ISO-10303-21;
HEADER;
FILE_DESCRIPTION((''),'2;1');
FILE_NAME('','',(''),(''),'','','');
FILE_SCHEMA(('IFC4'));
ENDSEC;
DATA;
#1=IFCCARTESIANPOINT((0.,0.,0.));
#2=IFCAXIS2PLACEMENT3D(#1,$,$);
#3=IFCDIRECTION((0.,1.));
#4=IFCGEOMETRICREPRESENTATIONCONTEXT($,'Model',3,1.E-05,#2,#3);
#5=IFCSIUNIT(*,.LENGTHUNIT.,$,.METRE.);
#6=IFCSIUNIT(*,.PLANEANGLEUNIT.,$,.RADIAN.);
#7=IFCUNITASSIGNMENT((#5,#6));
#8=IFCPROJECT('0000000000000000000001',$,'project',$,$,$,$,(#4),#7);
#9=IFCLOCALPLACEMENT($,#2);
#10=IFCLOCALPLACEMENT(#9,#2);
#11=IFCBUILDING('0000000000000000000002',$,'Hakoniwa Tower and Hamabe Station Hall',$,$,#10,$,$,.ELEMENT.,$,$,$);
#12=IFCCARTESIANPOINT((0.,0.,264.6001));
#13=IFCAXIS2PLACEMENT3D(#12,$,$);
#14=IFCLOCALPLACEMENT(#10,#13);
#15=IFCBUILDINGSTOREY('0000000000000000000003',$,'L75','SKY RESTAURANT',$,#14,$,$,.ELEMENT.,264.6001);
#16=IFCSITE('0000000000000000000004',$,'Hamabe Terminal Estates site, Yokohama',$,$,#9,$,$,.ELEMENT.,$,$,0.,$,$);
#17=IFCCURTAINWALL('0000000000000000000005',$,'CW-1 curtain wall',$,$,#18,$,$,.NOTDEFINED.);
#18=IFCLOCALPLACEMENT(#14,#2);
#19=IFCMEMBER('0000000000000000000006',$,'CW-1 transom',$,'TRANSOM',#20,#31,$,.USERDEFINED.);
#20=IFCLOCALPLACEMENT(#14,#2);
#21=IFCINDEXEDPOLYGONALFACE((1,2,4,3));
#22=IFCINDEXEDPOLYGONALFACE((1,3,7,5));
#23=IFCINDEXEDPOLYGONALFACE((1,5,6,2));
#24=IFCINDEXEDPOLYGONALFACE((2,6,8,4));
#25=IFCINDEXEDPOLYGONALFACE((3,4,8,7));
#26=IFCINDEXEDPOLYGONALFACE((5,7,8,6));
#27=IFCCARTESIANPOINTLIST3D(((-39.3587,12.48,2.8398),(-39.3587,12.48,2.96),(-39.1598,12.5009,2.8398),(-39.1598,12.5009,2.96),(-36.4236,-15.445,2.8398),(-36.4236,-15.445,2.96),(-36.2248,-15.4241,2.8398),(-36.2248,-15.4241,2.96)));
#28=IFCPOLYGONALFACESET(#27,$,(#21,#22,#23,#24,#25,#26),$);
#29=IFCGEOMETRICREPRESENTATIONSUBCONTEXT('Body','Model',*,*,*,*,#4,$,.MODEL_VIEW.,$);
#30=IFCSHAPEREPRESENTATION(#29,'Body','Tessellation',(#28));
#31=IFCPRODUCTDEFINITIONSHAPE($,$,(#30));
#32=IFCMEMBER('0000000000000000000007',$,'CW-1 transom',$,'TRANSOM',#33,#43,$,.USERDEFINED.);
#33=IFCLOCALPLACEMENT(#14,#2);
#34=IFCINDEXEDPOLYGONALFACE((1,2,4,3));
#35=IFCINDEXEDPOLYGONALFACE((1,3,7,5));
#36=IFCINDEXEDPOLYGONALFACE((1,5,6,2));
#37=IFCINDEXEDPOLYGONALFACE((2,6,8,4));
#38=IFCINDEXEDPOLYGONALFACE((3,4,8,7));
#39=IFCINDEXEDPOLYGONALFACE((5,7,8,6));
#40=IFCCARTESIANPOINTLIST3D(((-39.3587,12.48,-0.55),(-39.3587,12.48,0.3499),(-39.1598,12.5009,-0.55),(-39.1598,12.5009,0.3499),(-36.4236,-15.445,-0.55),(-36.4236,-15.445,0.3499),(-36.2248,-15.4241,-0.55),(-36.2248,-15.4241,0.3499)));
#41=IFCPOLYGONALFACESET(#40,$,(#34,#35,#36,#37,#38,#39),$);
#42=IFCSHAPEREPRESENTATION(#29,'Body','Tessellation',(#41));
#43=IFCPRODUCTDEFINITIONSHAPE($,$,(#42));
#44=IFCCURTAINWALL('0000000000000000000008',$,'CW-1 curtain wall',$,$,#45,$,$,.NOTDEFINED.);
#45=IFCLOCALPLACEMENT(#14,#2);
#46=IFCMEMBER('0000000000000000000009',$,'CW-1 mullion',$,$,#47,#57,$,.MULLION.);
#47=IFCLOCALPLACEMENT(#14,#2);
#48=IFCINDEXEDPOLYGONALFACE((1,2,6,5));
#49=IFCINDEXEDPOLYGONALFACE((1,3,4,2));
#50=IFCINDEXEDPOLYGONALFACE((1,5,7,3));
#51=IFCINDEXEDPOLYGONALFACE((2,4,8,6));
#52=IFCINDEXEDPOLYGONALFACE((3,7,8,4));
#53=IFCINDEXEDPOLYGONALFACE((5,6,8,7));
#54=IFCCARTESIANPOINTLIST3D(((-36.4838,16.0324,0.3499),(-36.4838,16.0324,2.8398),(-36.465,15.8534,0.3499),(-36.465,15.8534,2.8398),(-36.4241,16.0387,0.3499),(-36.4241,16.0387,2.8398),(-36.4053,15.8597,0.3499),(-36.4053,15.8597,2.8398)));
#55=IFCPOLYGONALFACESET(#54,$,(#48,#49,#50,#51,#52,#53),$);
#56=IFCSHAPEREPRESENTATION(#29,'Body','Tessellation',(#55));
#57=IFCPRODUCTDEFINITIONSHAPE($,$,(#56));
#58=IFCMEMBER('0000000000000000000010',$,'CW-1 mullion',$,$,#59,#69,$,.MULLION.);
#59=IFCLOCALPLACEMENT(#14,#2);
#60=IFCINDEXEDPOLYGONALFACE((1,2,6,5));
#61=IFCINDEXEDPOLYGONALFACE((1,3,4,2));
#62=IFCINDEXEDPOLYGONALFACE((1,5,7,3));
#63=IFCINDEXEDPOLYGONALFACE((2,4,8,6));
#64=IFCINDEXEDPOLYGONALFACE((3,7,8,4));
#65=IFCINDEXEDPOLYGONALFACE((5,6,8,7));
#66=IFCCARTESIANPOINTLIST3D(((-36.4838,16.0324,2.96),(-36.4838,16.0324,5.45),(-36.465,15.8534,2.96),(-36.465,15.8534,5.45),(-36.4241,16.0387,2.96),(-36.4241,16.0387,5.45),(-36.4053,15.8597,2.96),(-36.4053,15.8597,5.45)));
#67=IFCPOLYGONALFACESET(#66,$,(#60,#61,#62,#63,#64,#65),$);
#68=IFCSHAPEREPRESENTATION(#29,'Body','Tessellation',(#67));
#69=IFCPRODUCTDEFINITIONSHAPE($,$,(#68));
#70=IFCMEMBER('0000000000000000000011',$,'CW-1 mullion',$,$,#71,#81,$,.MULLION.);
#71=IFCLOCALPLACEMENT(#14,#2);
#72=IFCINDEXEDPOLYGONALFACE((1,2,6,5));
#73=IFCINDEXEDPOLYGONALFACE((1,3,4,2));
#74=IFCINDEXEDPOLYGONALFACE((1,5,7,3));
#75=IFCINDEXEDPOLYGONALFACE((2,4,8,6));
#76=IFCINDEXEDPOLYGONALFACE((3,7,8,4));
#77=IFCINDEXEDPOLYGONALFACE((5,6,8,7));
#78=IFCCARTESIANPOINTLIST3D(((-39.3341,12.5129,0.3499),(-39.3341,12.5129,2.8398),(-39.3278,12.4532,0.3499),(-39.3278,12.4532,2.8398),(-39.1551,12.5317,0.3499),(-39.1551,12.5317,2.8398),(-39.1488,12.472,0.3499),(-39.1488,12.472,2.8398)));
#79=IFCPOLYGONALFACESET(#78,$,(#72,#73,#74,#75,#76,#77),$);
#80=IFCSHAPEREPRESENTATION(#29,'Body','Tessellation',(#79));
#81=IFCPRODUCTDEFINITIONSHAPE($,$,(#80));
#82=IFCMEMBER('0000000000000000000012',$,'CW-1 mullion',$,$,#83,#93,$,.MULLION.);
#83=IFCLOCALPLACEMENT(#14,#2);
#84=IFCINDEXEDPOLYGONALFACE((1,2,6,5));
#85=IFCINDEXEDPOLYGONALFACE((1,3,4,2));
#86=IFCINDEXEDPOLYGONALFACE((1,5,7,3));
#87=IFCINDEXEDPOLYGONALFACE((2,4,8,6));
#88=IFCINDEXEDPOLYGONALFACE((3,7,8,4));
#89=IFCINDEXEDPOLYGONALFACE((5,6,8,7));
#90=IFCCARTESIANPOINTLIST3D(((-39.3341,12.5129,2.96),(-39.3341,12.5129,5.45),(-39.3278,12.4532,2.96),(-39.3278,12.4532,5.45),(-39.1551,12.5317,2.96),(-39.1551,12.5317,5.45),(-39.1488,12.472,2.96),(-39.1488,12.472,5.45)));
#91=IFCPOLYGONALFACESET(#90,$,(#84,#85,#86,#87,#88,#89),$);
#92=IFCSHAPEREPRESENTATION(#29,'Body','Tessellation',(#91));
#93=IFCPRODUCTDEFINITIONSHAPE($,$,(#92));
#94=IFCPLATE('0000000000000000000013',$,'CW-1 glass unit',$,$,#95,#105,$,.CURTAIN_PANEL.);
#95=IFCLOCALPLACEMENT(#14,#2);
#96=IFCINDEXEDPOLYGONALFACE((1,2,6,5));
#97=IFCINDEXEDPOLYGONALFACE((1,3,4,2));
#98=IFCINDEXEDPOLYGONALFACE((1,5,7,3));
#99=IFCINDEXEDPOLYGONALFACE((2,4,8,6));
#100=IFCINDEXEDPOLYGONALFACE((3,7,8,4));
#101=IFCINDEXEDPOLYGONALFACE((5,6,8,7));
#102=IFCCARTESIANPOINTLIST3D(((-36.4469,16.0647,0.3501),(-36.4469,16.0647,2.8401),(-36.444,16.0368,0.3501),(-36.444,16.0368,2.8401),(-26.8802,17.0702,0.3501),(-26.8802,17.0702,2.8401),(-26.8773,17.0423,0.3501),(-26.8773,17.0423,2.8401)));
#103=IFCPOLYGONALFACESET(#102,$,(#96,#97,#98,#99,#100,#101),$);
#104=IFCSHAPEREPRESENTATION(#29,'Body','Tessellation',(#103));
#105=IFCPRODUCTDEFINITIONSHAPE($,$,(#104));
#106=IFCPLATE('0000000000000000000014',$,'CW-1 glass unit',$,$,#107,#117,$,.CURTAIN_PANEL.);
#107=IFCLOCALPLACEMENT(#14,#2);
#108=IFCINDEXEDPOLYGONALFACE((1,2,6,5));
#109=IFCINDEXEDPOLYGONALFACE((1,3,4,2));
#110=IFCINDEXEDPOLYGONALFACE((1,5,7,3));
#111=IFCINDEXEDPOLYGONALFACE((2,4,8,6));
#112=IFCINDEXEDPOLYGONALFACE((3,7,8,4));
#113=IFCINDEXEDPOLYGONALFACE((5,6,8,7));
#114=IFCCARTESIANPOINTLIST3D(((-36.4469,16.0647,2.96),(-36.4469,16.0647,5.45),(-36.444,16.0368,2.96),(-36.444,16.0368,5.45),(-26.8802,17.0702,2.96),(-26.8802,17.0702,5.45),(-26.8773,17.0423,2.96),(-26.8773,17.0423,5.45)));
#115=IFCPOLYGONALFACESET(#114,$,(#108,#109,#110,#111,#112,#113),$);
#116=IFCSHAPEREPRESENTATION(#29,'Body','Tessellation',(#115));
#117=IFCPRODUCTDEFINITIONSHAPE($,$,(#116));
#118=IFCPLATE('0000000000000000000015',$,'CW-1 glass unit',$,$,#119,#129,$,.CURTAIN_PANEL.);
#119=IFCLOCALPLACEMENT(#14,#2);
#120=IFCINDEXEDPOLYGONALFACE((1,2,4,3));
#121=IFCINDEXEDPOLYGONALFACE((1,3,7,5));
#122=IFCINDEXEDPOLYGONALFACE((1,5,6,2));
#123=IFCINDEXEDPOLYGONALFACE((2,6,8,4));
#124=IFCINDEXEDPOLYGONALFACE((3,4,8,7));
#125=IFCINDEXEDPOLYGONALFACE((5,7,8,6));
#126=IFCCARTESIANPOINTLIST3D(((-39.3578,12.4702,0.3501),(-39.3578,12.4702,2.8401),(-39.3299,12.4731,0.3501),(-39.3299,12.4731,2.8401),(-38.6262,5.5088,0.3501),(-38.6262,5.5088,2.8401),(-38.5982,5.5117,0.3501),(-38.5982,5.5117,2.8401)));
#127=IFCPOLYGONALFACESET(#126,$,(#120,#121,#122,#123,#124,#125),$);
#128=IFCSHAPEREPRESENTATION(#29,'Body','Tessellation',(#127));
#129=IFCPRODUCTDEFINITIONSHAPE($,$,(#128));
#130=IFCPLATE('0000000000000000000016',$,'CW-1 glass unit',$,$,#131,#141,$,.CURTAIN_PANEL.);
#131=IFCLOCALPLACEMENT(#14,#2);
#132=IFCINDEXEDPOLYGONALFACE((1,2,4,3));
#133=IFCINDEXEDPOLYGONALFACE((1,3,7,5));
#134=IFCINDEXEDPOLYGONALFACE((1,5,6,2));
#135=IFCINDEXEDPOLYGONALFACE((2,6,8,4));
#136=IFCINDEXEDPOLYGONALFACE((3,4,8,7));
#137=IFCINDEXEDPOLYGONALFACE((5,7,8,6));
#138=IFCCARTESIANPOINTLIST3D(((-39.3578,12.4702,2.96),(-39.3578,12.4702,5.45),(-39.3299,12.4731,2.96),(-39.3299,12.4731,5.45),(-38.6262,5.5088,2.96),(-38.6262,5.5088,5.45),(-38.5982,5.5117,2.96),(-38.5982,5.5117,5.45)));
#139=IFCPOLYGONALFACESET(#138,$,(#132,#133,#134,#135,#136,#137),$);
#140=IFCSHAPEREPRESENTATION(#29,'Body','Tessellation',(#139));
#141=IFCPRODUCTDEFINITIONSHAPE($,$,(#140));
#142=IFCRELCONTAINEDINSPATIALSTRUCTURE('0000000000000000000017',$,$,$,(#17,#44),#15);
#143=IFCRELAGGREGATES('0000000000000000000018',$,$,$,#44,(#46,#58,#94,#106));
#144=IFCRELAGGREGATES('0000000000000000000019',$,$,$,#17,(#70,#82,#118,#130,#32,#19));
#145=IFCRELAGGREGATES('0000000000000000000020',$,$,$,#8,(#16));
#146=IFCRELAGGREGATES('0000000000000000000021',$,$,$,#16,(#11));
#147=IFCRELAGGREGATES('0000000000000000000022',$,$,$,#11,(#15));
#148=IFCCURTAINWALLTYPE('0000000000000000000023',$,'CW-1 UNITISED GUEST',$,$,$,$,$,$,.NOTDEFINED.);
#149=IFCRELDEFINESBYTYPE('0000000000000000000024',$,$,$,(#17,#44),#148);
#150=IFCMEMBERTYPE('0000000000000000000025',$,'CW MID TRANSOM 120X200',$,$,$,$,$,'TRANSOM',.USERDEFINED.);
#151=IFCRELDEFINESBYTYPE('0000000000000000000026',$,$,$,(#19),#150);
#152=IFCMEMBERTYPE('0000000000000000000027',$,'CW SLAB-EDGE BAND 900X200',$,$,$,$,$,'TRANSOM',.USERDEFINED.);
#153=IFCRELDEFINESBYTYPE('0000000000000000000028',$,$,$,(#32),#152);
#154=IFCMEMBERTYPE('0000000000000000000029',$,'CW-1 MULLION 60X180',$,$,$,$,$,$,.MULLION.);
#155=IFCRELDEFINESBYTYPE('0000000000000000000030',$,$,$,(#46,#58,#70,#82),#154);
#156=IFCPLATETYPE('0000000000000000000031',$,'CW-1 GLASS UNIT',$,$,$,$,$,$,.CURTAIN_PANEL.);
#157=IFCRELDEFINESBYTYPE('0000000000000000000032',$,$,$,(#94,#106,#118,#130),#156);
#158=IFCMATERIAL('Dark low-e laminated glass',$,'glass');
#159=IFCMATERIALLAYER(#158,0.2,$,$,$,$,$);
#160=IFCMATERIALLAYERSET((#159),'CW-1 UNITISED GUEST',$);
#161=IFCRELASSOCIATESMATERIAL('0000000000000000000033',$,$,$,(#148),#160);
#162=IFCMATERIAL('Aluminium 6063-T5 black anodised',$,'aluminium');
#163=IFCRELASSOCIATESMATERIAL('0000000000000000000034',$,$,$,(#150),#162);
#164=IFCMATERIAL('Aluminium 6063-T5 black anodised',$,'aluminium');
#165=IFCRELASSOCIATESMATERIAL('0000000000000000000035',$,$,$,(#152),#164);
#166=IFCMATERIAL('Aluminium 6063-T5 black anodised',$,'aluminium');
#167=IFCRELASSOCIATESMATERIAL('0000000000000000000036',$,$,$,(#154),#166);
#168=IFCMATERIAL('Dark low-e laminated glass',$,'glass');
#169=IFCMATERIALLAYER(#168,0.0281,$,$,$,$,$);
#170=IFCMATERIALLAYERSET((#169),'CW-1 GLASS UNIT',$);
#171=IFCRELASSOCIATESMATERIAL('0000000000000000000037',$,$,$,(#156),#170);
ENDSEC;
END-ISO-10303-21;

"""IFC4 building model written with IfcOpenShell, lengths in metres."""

from ifc_helpers import new_model, si_unit, direction, frame, origin, origin_2d, place, context, subcontext, project, spatial, rectangle, extrude, material, layer, layer_set, material_profile, profile_set, type_object, element, aggregate, save


model = new_model("IFC4")

# Units and contexts
model_context = context("Model", 3, precision=1e-05, world=origin(), true_north=direction((0.0, 1.0)))
body_context = subcontext(model_context, "Body", "Model", "MODEL_VIEW")
ifc_project = project(units=[si_unit("LENGTHUNIT", "METRE"), si_unit("PLANEANGLEUNIT", "RADIAN")], contexts=[model_context])

# Site, building, storey
site_placement = place(None, origin())
site = spatial("IfcSite", under=ifc_project, at=site_placement, Name="Hamabe Terminal Estates site, Yokohama", CompositionType="ELEMENT", RefElevation=0.0)
building_placement = place(site_placement, origin())
building = spatial("IfcBuilding", under=site, at=building_placement, Name="Hakoniwa Tower and Hamabe Station Hall", CompositionType="ELEMENT")
storey_placement = place(building_placement, frame((0.0, 0.0, 264.6001)))
storey = spatial("IfcBuildingStorey", under=building, at=storey_placement, Name="L75", Description="SKY RESTAURANT", CompositionType="ELEMENT", Elevation=264.6001)

# Curtain walls, members
ifc_material_1 = material(Name="Dark low-e laminated glass", Category="glass")
ifc_layer_1 = layer(ifc_material_1, 0.2)
ifc_layer_set_1 = layer_set([ifc_layer_1], Name="CW-1 UNITISED GUEST")
curtain_wall_type = type_object("IfcCurtainWallType", Name="CW-1 UNITISED GUEST", PredefinedType="NOTDEFINED", material=ifc_layer_set_1)
curtain_wall_1_placement = place(storey_placement, origin())
curtain_wall_1 = element("IfcCurtainWall", 1, at=curtain_wall_1_placement, inside=storey, type_object=curtain_wall_type, Name="CW-1 curtain wall", PredefinedType="NOTDEFINED")
ifc_material_2 = material(Name="Aluminium 6063-T5 black anodised", Category="aluminium")
ifc_material_profile_1 = material_profile(ifc_material_2, rectangle(XDim=0.2, YDim=0.1201, at=origin_2d()), Name="CW MID TRANSOM 120X200")
ifc_profile_set_1 = profile_set([ifc_material_profile_1], Name="Aluminium 6063-T5 black anodised")
member_type_1 = type_object("IfcMemberType", Name="CW MID TRANSOM 120X200", ElementType="TRANSOM", PredefinedType="USERDEFINED", material=ifc_profile_set_1)
member_1_placement = place(storey_placement, frame((-39.2593, 12.4905, 2.8999), z_axis=(0.104529, -0.994522, 0.0), x_axis=(0.994522, 0.104529, 0.0)))
member_1 = element("IfcMember", 2, at=member_1_placement, type_object=member_type_1, Name="CW-1 transom", ObjectType="TRANSOM", PredefinedType="USERDEFINED", context=body_context, shape_type="SweptSolid", body=[
    extrude(rectangle(XDim=0.2, YDim=0.1201, at=origin_2d()), origin(), (0.0, 0.0, 1.0), 28.0789),
])
ifc_material_3 = material(Name="Aluminium 6063-T5 black anodised", Category="aluminium")
ifc_material_profile_2 = material_profile(ifc_material_3, rectangle(XDim=0.2, YDim=0.8999, at=origin_2d()), Name="CW SLAB-EDGE BAND 900X200")
ifc_profile_set_2 = profile_set([ifc_material_profile_2], Name="Aluminium 6063-T5 black anodised")
member_type_2 = type_object("IfcMemberType", Name="CW SLAB-EDGE BAND 900X200", ElementType="TRANSOM", PredefinedType="USERDEFINED", material=ifc_profile_set_2)
member_2_placement = place(storey_placement, frame((-39.2593, 12.4905, -0.1001), z_axis=(0.104529, -0.994522, 0.0), x_axis=(0.994522, 0.104529, 0.0)))
member_2 = element("IfcMember", 3, at=member_2_placement, type_object=member_type_2, Name="CW-1 transom", ObjectType="TRANSOM", PredefinedType="USERDEFINED", context=body_context, shape_type="SweptSolid", body=[
    extrude(rectangle(XDim=0.2, YDim=0.8999, at=origin_2d()), origin(), (0.0, 0.0, 1.0), 28.0789),
])
curtain_wall_2_placement = place(storey_placement, origin())
curtain_wall_2 = element("IfcCurtainWall", 4, at=curtain_wall_2_placement, inside=storey, type_object=curtain_wall_type, Name="CW-1 curtain wall", PredefinedType="NOTDEFINED")
ifc_material_4 = material(Name="Aluminium 6063-T5 black anodised", Category="aluminium")
ifc_material_profile_3 = material_profile(ifc_material_4, rectangle(XDim=0.0601, YDim=0.1799, at=origin_2d()), Name="CW-1 MULLION 60X180")
ifc_profile_set_3 = profile_set([ifc_material_profile_3], Name="Aluminium 6063-T5 black anodised")
member_type_3 = type_object("IfcMemberType", Name="CW-1 MULLION 60X180", PredefinedType="MULLION", material=ifc_profile_set_3)
member_3_placement = place(storey_placement, frame((-36.4446, 15.946, 0.3499), z_axis=(0.0, 0.0, 1.0), x_axis=(-0.994522, -0.104528, 0.0)))
member_3 = element("IfcMember", 5, at=member_3_placement, type_object=member_type_3, Name="CW-1 mullion", PredefinedType="MULLION", context=body_context, shape_type="SweptSolid", body=[
    extrude(rectangle(XDim=0.0601, YDim=0.1799, at=origin_2d()), origin(), (0.0, 0.0, 1.0), 2.49),
])
member_4_placement = place(storey_placement, frame((-36.4446, 15.946, 2.96), z_axis=(0.0, 0.0, 1.0), x_axis=(-0.994522, -0.104528, 0.0)))
member_4 = element("IfcMember", 6, at=member_4_placement, type_object=member_type_3, Name="CW-1 mullion", PredefinedType="MULLION", context=body_context, shape_type="SweptSolid", body=[
    extrude(rectangle(XDim=0.0601, YDim=0.1799, at=origin_2d()), origin(), (0.0, 0.0, 1.0), 2.49),
])

# Members
member_5_placement = place(storey_placement, frame((-39.2415, 12.4924, 0.3499), z_axis=(0.0, 0.0, 1.0), x_axis=(0.104528, -0.994522, 0.0)))
member_5 = element("IfcMember", 7, at=member_5_placement, type_object=member_type_3, Name="CW-1 mullion", PredefinedType="MULLION", context=body_context, shape_type="SweptSolid", body=[
    extrude(rectangle(XDim=0.0601, YDim=0.1799, at=origin_2d()), origin(), (0.0, 0.0, 1.0), 2.49),
])
member_6_placement = place(storey_placement, frame((-39.2415, 12.4924, 2.96), z_axis=(0.0, 0.0, 1.0), x_axis=(0.104528, -0.994522, 0.0)))
member_6 = element("IfcMember", 8, at=member_6_placement, type_object=member_type_3, Name="CW-1 mullion", PredefinedType="MULLION", context=body_context, shape_type="SweptSolid", body=[
    extrude(rectangle(XDim=0.0601, YDim=0.1799, at=origin_2d()), origin(), (0.0, 0.0, 1.0), 2.49),
])

# Plates
ifc_material_5 = material(Name="Dark low-e laminated glass", Category="glass")
ifc_layer_2 = layer(ifc_material_5, 0.0281)
ifc_layer_set_2 = layer_set([ifc_layer_2], Name="CW-1 GLASS UNIT")
plate_type = type_object("IfcPlateType", Name="CW-1 GLASS UNIT", PredefinedType="CURTAIN_PANEL", material=ifc_layer_set_2)
plate_1_placement = place(storey_placement, frame((-31.6621, 16.5535, 0.3501), z_axis=(0.0, 0.0, 1.0), x_axis=(-0.994522, -0.104528, 0.0)))
plate_1 = element("IfcPlate", 9, at=plate_1_placement, type_object=plate_type, Name="CW-1 glass unit", PredefinedType="CURTAIN_PANEL", context=body_context, shape_type="SweptSolid", body=[
    extrude(rectangle(XDim=9.6194, YDim=0.0281, at=origin_2d()), origin(), (0.0, 0.0, 1.0), 2.49),
])
plate_2_placement = place(storey_placement, frame((-31.6621, 16.5535, 2.96), z_axis=(0.0, 0.0, 1.0), x_axis=(-0.994522, -0.104528, 0.0)))
plate_2 = element("IfcPlate", 10, at=plate_2_placement, type_object=plate_type, Name="CW-1 glass unit", PredefinedType="CURTAIN_PANEL", context=body_context, shape_type="SweptSolid", body=[
    extrude(rectangle(XDim=9.6194, YDim=0.0281, at=origin_2d()), origin(), (0.0, 0.0, 1.0), 2.49),
])
aggregate(curtain_wall_2, [member_3, member_4, plate_1, plate_2])
plate_3_placement = place(storey_placement, frame((-38.978, 8.991, 0.3501), z_axis=(0.0, 0.0, 1.0), x_axis=(0.104528, -0.994522, 0.0)))
plate_3 = element("IfcPlate", 11, at=plate_3_placement, type_object=plate_type, Name="CW-1 glass unit", PredefinedType="CURTAIN_PANEL", context=body_context, shape_type="SweptSolid", body=[
    extrude(rectangle(XDim=6.9998, YDim=0.0281, at=origin_2d()), origin(), (0.0, 0.0, 1.0), 2.49),
])
plate_4_placement = place(storey_placement, frame((-38.978, 8.991, 2.96), z_axis=(0.0, 0.0, 1.0), x_axis=(0.104528, -0.994522, 0.0)))
plate_4 = element("IfcPlate", 12, at=plate_4_placement, type_object=plate_type, Name="CW-1 glass unit", PredefinedType="CURTAIN_PANEL", context=body_context, shape_type="SweptSolid", body=[
    extrude(rectangle(XDim=6.9998, YDim=0.0281, at=origin_2d()), origin(), (0.0, 0.0, 1.0), 2.49),
])
aggregate(curtain_wall_1, [member_5, member_6, plate_3, plate_4, member_2, member_1])

save(model, "model.ifc")
